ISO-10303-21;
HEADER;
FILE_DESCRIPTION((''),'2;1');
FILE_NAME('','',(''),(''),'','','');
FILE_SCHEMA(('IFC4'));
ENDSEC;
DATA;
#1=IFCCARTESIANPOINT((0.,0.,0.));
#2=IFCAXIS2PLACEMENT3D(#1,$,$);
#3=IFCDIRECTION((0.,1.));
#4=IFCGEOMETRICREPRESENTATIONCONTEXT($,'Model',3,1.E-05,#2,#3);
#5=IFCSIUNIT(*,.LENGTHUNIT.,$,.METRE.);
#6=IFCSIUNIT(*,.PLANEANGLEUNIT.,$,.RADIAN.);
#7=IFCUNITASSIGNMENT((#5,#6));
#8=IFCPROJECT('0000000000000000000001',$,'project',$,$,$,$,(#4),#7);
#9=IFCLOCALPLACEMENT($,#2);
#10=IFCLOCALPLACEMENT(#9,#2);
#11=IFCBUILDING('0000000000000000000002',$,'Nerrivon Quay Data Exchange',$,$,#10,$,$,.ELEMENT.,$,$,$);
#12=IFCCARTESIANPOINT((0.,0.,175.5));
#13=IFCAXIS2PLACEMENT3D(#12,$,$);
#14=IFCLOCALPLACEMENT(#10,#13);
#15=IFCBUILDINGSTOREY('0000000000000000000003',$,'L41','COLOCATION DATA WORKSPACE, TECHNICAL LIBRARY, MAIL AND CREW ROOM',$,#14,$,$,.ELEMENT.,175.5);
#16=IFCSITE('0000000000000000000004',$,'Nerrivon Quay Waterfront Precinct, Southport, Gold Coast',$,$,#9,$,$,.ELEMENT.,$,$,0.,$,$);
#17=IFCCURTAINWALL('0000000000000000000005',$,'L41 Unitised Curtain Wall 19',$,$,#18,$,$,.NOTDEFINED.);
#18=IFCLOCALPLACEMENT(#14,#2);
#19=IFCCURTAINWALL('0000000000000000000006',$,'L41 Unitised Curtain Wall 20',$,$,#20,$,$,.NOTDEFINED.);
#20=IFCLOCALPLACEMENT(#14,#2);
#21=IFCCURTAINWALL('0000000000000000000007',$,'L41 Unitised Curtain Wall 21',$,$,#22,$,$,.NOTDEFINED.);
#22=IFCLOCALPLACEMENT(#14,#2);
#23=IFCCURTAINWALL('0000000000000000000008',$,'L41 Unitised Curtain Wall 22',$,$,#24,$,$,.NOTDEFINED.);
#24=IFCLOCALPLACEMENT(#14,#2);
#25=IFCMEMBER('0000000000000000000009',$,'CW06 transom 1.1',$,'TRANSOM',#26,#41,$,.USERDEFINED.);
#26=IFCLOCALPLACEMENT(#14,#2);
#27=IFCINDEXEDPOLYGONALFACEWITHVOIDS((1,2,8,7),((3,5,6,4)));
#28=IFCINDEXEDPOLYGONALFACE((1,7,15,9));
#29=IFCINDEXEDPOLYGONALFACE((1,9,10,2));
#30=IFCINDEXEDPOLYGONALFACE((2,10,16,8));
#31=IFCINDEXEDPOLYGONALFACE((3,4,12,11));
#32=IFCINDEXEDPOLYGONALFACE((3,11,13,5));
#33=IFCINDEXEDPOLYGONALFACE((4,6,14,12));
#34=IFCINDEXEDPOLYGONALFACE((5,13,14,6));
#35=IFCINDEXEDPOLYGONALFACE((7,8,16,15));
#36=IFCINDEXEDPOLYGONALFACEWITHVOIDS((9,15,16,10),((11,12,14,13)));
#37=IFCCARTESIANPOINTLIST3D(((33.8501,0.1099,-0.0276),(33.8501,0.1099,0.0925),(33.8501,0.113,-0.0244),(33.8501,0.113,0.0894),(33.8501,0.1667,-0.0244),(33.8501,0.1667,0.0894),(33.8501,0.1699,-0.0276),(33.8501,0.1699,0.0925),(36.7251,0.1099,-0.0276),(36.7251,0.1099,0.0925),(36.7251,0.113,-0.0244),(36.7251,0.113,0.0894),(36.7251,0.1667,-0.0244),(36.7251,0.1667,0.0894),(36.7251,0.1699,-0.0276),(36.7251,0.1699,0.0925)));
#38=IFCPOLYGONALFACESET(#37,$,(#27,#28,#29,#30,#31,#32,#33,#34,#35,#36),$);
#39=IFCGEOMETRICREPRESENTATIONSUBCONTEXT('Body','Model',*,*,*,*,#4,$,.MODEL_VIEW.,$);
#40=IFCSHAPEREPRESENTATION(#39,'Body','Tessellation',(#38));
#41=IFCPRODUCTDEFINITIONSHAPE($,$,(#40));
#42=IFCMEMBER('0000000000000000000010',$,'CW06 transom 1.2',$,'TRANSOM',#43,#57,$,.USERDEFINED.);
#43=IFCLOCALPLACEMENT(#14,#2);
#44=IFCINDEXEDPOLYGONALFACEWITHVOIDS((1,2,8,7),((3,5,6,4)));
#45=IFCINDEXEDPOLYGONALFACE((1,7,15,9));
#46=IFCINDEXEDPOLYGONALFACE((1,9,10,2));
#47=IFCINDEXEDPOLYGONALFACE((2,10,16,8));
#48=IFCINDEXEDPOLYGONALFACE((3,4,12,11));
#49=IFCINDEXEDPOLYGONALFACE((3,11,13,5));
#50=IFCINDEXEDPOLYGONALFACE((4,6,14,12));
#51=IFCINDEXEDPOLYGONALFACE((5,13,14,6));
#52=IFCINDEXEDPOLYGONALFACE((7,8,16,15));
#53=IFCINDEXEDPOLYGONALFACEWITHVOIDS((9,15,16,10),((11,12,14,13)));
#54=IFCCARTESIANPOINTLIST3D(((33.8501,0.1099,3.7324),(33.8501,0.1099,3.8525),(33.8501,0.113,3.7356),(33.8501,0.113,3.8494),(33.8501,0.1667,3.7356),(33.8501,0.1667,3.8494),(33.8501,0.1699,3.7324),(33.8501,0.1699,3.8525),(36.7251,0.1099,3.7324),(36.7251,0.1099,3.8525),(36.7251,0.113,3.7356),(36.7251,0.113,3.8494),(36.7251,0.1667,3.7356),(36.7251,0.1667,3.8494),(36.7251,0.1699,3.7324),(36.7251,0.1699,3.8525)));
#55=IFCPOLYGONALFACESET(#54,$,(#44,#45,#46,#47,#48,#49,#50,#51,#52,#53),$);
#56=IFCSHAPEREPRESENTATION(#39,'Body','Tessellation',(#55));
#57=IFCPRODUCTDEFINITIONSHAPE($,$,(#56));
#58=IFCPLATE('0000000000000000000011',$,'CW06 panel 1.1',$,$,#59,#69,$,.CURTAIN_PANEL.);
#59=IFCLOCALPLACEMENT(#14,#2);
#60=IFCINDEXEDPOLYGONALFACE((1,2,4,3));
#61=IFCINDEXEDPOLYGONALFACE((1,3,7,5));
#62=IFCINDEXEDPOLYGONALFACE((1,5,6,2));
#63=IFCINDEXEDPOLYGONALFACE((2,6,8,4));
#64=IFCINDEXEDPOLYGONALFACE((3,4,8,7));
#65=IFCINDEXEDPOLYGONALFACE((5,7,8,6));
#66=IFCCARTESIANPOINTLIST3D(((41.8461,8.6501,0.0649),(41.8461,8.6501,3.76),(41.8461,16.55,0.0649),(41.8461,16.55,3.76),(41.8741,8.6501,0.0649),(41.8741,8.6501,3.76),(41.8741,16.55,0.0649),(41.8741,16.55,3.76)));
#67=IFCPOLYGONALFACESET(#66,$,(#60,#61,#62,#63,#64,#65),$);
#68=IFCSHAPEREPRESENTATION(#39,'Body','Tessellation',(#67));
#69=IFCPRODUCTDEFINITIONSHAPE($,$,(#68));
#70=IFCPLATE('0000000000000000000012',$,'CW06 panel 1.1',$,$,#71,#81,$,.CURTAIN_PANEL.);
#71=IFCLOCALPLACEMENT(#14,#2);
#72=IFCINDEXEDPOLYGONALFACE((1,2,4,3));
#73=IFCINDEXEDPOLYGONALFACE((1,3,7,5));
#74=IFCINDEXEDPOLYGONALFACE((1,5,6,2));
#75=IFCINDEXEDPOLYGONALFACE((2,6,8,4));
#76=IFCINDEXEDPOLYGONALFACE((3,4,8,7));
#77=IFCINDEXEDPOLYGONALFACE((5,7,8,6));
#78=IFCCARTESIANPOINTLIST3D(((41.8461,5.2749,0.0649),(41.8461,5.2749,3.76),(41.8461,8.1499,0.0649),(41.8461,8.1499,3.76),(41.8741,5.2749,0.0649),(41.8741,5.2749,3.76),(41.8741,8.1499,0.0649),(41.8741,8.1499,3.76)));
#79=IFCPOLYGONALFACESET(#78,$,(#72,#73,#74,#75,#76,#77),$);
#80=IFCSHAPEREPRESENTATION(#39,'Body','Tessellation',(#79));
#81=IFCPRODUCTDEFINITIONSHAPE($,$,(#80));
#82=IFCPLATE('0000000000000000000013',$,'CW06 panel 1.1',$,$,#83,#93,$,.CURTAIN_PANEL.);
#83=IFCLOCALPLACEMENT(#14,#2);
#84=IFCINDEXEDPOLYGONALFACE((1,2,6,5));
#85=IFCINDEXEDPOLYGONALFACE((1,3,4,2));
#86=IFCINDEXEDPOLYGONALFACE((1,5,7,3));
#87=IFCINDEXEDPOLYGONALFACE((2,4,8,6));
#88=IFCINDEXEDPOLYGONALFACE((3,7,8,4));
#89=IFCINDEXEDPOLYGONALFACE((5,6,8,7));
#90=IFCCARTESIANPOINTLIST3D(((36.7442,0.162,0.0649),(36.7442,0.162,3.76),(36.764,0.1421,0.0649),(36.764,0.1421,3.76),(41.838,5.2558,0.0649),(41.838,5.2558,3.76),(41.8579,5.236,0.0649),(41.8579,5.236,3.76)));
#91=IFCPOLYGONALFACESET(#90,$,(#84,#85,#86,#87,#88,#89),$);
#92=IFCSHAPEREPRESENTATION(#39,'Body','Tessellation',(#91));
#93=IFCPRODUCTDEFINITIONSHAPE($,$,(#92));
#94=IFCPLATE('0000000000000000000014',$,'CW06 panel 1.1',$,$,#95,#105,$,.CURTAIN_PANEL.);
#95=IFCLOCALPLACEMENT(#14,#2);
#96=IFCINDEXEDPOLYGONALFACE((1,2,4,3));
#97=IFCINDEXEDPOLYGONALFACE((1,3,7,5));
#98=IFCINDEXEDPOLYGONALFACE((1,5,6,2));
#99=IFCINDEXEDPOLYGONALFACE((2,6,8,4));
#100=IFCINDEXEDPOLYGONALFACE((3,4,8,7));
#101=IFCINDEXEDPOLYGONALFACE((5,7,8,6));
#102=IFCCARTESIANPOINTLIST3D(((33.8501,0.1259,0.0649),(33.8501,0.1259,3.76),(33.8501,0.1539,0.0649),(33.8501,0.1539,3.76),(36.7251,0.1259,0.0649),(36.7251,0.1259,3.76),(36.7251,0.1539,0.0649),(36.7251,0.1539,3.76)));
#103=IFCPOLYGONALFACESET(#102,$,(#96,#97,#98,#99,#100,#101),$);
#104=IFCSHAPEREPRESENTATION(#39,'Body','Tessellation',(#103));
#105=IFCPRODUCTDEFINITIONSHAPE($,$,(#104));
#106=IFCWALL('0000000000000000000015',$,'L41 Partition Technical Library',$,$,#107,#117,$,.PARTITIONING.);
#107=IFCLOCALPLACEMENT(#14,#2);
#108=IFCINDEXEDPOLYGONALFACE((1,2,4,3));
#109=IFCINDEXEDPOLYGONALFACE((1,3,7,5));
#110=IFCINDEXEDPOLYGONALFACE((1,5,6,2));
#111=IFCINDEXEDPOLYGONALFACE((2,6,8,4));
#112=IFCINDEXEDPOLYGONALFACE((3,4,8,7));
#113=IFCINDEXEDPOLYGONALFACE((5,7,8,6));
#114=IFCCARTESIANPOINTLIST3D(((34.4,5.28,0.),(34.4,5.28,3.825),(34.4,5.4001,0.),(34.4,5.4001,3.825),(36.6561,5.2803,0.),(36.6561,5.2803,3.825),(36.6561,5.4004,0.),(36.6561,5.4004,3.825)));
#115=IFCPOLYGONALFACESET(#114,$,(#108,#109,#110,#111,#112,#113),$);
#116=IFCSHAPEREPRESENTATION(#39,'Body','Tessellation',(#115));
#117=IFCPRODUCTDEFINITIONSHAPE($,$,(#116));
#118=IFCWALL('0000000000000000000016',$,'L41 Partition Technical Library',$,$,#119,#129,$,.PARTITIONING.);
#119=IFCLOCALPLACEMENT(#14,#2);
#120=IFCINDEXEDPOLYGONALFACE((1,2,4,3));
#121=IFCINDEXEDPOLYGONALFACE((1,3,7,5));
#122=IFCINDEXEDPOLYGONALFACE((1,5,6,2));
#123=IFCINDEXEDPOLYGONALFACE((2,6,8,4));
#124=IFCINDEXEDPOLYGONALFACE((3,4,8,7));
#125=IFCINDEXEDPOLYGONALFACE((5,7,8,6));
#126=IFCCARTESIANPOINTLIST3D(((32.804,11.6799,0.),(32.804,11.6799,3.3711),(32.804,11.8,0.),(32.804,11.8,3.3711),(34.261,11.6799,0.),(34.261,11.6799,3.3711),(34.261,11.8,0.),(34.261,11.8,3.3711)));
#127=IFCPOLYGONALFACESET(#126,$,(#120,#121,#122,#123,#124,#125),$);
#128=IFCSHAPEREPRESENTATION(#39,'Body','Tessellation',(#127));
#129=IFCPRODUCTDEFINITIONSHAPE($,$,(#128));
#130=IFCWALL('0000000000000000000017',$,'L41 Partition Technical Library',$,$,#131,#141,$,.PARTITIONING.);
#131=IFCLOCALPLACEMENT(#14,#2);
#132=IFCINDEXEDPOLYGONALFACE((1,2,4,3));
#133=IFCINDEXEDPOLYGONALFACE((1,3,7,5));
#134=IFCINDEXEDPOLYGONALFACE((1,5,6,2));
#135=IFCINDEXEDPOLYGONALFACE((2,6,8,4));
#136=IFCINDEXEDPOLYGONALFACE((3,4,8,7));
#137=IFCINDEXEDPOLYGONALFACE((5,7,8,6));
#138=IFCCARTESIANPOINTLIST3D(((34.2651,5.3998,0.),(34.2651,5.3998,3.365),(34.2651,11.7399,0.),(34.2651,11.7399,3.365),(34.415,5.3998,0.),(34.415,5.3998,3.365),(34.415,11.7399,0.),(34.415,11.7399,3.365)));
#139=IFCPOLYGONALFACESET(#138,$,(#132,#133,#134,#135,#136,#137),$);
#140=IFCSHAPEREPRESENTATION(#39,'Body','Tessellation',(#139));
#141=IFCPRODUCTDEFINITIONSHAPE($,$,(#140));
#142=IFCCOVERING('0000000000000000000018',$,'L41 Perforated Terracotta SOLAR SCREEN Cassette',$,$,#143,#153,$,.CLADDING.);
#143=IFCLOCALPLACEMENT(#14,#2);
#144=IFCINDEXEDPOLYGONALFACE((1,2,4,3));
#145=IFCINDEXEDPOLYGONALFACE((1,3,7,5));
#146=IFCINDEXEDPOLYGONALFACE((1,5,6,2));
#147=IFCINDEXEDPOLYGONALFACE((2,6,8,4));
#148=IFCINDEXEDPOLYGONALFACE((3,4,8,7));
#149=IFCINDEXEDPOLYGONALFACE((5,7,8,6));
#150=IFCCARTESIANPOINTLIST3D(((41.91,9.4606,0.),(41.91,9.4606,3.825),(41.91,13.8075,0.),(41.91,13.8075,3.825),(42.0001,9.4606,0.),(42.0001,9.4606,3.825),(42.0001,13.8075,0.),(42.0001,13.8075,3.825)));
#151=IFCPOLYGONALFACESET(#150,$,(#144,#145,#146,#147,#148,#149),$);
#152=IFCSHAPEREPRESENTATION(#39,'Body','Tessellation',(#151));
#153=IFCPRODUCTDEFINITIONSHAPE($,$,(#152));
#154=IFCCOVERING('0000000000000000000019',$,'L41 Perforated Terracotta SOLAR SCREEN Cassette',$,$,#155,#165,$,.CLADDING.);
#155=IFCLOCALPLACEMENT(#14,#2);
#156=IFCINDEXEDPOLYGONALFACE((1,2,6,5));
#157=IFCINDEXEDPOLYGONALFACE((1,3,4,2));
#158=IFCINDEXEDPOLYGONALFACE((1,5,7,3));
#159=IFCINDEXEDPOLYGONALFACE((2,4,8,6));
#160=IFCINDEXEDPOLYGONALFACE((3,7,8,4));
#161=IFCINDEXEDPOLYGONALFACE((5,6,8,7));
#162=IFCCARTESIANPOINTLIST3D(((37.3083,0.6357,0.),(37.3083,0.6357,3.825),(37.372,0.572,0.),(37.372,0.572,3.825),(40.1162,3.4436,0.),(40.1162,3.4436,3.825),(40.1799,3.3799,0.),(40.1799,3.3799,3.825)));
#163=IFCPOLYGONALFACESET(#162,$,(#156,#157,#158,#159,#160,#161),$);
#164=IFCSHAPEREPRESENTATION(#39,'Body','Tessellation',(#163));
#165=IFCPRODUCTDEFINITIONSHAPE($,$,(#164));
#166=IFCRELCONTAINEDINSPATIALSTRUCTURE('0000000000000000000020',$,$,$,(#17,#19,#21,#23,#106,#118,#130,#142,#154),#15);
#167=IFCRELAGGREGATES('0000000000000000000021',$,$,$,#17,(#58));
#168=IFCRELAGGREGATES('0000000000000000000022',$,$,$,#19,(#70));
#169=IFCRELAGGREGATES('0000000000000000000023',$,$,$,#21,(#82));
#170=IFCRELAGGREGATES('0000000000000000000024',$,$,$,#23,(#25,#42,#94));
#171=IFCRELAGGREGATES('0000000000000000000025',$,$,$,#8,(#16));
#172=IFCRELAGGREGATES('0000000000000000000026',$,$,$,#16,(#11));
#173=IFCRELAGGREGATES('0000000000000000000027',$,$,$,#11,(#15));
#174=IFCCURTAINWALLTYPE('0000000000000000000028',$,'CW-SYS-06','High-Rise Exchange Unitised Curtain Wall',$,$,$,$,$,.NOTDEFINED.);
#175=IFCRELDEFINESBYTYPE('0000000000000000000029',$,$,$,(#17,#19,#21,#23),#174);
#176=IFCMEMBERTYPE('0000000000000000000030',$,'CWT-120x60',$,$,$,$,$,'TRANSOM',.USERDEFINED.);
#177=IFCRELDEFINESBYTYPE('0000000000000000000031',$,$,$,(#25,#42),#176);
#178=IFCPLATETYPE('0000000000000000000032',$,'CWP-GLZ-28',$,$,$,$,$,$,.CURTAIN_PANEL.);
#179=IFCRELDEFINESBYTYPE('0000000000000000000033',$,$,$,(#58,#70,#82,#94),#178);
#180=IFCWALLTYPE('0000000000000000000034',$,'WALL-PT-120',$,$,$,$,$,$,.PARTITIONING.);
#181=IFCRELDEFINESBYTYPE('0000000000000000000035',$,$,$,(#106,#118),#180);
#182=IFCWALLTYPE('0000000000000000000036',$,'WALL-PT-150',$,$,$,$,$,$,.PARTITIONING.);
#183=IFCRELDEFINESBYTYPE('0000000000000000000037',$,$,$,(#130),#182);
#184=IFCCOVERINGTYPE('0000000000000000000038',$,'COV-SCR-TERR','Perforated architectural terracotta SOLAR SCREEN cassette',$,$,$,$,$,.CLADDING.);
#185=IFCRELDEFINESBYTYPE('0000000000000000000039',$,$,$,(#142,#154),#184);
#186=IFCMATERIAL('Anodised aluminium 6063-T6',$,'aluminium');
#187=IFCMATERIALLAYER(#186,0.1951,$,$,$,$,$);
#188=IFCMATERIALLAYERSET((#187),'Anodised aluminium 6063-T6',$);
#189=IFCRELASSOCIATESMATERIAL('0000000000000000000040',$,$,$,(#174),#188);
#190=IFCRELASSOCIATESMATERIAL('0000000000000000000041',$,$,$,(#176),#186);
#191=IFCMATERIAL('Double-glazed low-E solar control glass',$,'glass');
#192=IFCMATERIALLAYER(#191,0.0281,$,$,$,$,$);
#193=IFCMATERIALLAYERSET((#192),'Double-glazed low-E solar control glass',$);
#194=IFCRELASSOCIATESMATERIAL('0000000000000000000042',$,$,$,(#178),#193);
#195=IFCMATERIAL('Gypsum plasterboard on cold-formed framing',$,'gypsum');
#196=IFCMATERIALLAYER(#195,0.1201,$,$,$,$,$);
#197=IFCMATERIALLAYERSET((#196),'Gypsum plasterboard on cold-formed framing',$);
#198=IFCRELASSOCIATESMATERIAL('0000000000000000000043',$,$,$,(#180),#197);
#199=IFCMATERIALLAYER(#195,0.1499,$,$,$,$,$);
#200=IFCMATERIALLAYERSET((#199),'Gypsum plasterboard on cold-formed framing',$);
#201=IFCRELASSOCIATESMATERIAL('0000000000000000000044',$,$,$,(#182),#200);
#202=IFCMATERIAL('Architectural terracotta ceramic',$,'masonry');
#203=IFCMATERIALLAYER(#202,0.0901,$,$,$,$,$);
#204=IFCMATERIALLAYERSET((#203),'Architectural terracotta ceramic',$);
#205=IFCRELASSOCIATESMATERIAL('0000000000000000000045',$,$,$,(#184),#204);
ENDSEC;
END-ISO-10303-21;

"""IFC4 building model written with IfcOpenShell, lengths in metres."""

from ifc_helpers import new_model, si_unit, direction, frame, frame_2d, origin, origin_2d, place, context, subcontext, project, spatial, rectangle, hollow_rectangle, extrude, material, layer, layer_set, material_profile, profile_set, type_object, element, aggregate, save


model = new_model("IFC4")

# Units and contexts
model_context = context("Model", 3, precision=1e-05, world=origin(), true_north=direction((0.0, 1.0)))
body_context = subcontext(model_context, "Body", "Model", "MODEL_VIEW")
ifc_project = project(units=[si_unit("LENGTHUNIT", "METRE"), si_unit("PLANEANGLEUNIT", "RADIAN")], contexts=[model_context])

# Site, building, storey
site_placement = place(None, origin())
site = spatial("IfcSite", under=ifc_project, at=site_placement, Name="Nerrivon Quay Waterfront Precinct, Southport, Gold Coast", CompositionType="ELEMENT", RefElevation=0.0)
building_placement = place(site_placement, origin())
building = spatial("IfcBuilding", under=site, at=building_placement, Name="Nerrivon Quay Data Exchange", CompositionType="ELEMENT")
storey_placement = place(building_placement, frame((0.0, 0.0, 175.5)))
storey = spatial("IfcBuildingStorey", under=building, at=storey_placement, Name="L41", Description="COLOCATION DATA WORKSPACE, TECHNICAL LIBRARY, MAIL AND CREW ROOM", CompositionType="ELEMENT", Elevation=175.5)

# Curtain wall
ifc_material_1 = material(Name="Anodised aluminium 6063-T6", Category="aluminium")
ifc_layer_1 = layer(ifc_material_1, 0.1951)
ifc_layer_set_1 = layer_set([ifc_layer_1], Name="Anodised aluminium 6063-T6")
curtain_wall_type = type_object("IfcCurtainWallType", Name="CW-SYS-06", Description="High-Rise Exchange Unitised Curtain Wall", PredefinedType="NOTDEFINED", material=ifc_layer_set_1)
curtain_wall_1_placement = place(storey_placement, origin())
curtain_wall_1 = element("IfcCurtainWall", 1, at=curtain_wall_1_placement, inside=storey, type_object=curtain_wall_type, Name="L41 Unitised Curtain Wall 19", PredefinedType="NOTDEFINED")

# Curtain walls
curtain_wall_2_placement = place(storey_placement, origin())
curtain_wall_2 = element("IfcCurtainWall", 2, at=curtain_wall_2_placement, inside=storey, type_object=curtain_wall_type, Name="L41 Unitised Curtain Wall 20", PredefinedType="NOTDEFINED")
curtain_wall_3_placement = place(storey_placement, origin())
curtain_wall_3 = element("IfcCurtainWall", 3, at=curtain_wall_3_placement, inside=storey, type_object=curtain_wall_type, Name="L41 Unitised Curtain Wall 21", PredefinedType="NOTDEFINED")
curtain_wall_4_placement = place(storey_placement, origin())
curtain_wall_4 = element("IfcCurtainWall", 4, at=curtain_wall_4_placement, inside=storey, type_object=curtain_wall_type, Name="L41 Unitised Curtain Wall 22", PredefinedType="NOTDEFINED")

# Members
ifc_material_profile_1 = material_profile(ifc_material_1, hollow_rectangle(XDim=0.0601, YDim=0.1201, WallThickness=0.0032, at=origin_2d()), Name="ALU-TRAN-120x60")
ifc_profile_set_1 = profile_set([ifc_material_profile_1], Name="Anodised aluminium 6063-T6")
member_type_1 = type_object("IfcMemberType", Name="CWT-120x60", ElementType="TRANSOM", PredefinedType="USERDEFINED", material=ifc_profile_set_1)
member_1_placement = place(storey_placement, frame((36.7251, 0.1399, 0.0325), z_axis=(-1.0, 0.0, 0.0), x_axis=(0.0, -1.0, 0.0)))
member_1 = element("IfcMember", 5, at=member_1_placement, type_object=member_type_1, Name="CW06 transom 1.1", ObjectType="TRANSOM", PredefinedType="USERDEFINED", context=body_context, shape_type="SweptSolid", body=[
    extrude(hollow_rectangle(XDim=0.0601, YDim=0.1201, WallThickness=0.0032, at=origin_2d()), origin(), (0.0, 0.0, 1.0), 2.875),
])
member_2_placement = place(storey_placement, frame((36.7251, 0.1399, 3.7925), z_axis=(-1.0, 0.0, 0.0), x_axis=(0.0, -1.0, 0.0)))
member_2 = element("IfcMember", 6, at=member_2_placement, type_object=member_type_1, Name="CW06 transom 1.2", ObjectType="TRANSOM", PredefinedType="USERDEFINED", context=body_context, shape_type="SweptSolid", body=[
    extrude(hollow_rectangle(XDim=0.0601, YDim=0.1201, WallThickness=0.0032, at=origin_2d()), origin(), (0.0, 0.0, 1.0), 2.875),
])

# Plates
ifc_material_2 = material(Name="Double-glazed low-E solar control glass", Category="glass")
ifc_layer_2 = layer(ifc_material_2, 0.0281)
ifc_layer_set_2 = layer_set([ifc_layer_2], Name="Double-glazed low-E solar control glass")
plate_type = type_object("IfcPlateType", Name="CWP-GLZ-28", PredefinedType="CURTAIN_PANEL", material=ifc_layer_set_2)
plate_1_placement = place(storey_placement, frame((41.8601, 12.6001, 0.0649), z_axis=(0.0, 0.0, 1.0), x_axis=(0.0, -1.0, 0.0)))
plate_1 = element("IfcPlate", 7, at=plate_1_placement, type_object=plate_type, Name="CW06 panel 1.1", PredefinedType="CURTAIN_PANEL", context=body_context, shape_type="SweptSolid", body=[
    extrude(rectangle(XDim=7.8999, YDim=0.0281, at=origin_2d()), origin(), (0.0, 0.0, 1.0), 3.6951),
])
aggregate(curtain_wall_1, [plate_1])
plate_2_placement = place(storey_placement, frame((41.8601, 6.7124, 0.0649), z_axis=(0.0, 0.0, 1.0), x_axis=(0.0, -1.0, 0.0)))
plate_2 = element("IfcPlate", 8, at=plate_2_placement, type_object=plate_type, Name="CW06 panel 1.1", PredefinedType="CURTAIN_PANEL", context=body_context, shape_type="SweptSolid", body=[
    extrude(rectangle(XDim=2.875, YDim=0.0281, at=origin_2d()), origin(), (0.0, 0.0, 1.0), 3.6951),
])
aggregate(curtain_wall_2, [plate_2])
plate_3_placement = place(storey_placement, frame((39.301, 2.699, 0.0649), z_axis=(0.0, 0.0, 1.0), x_axis=(-0.707107, -0.707107, 0.0)))
plate_3 = element("IfcPlate", 9, at=plate_3_placement, type_object=plate_type, Name="CW06 panel 1.1", PredefinedType="CURTAIN_PANEL", context=body_context, shape_type="SweptSolid", body=[
    extrude(rectangle(XDim=7.2039, YDim=0.0281, at=origin_2d()), origin(), (0.0, 0.0, 1.0), 3.6951),
])
aggregate(curtain_wall_3, [plate_3])
plate_4_placement = place(storey_placement, frame((35.2876, 0.1399, 0.0649), z_axis=(0.0, 0.0, 1.0), x_axis=(-1.0, 0.0, 0.0)))
plate_4 = element("IfcPlate", 10, at=plate_4_placement, type_object=plate_type, Name="CW06 panel 1.1", PredefinedType="CURTAIN_PANEL", context=body_context, shape_type="SweptSolid", body=[
    extrude(rectangle(XDim=2.875, YDim=0.0281, at=origin_2d()), origin(), (0.0, 0.0, 1.0), 3.6951),
])
aggregate(curtain_wall_4, [member_1, member_2, plate_4])

# Walls
ifc_material_3 = material(Name="Gypsum plasterboard on cold-formed framing", Category="gypsum")
ifc_layer_3 = layer(ifc_material_3, 0.1201)
ifc_layer_set_3 = layer_set([ifc_layer_3], Name="Gypsum plasterboard on cold-formed framing")
wall_type_1 = type_object("IfcWallType", Name="WALL-PT-120", PredefinedType="PARTITIONING", material=ifc_layer_set_3)
wall_1_placement = place(storey_placement, frame((36.656, 5.3403, 0.0), z_axis=(0.0, 0.0, 1.0), x_axis=(-1.0, -0.000108, 0.0)))
element("IfcWall", 11, at=wall_1_placement, inside=storey, type_object=wall_type_1, Name="L41 Partition Technical Library", PredefinedType="PARTITIONING", context=body_context, shape_type="SweptSolid", body=[
    extrude(rectangle(XDim=2.2561, YDim=0.1201, at=frame_2d((1.1279, 0.0))), origin(), (0.0, 0.0, 1.0), 3.825),
])
wall_2_placement = place(storey_placement, frame((34.261, 11.74, 0.0), z_axis=(0.0, 0.0, 1.0), x_axis=(-1.0, 0.0, 0.0)))
element("IfcWall", 12, at=wall_2_placement, inside=storey, type_object=wall_type_1, Name="L41 Partition Technical Library", PredefinedType="PARTITIONING", context=body_context, shape_type="SweptSolid", body=[
    extrude(rectangle(XDim=1.457, YDim=0.1201, at=frame_2d((0.7285, 0.0))), origin(), (0.0, 0.0, 1.0), 3.3711),
])
ifc_layer_4 = layer(ifc_material_3, 0.1499)
ifc_layer_set_4 = layer_set([ifc_layer_4], Name="Gypsum plasterboard on cold-formed framing")
wall_type_2 = type_object("IfcWallType", Name="WALL-PT-150", PredefinedType="PARTITIONING", material=ifc_layer_set_4)
wall_3_placement = place(storey_placement, frame((34.3401, 5.3999, 0.0), z_axis=(0.0, 0.0, 1.0), x_axis=(0.0, 1.0, 0.0)))
element("IfcWall", 13, at=wall_3_placement, inside=storey, type_object=wall_type_2, Name="L41 Partition Technical Library", PredefinedType="PARTITIONING", context=body_context, shape_type="SweptSolid", body=[
    extrude(rectangle(XDim=6.3401, YDim=0.1499, at=frame_2d((3.1699, 0.0))), origin(), (0.0, 0.0, 1.0), 3.365),
])

# Coverings
ifc_material_4 = material(Name="Architectural terracotta ceramic", Category="masonry")
ifc_layer_5 = layer(ifc_material_4, 0.0901)
ifc_layer_set_5 = layer_set([ifc_layer_5], Name="Architectural terracotta ceramic")
covering_type = type_object("IfcCoveringType", Name="COV-SCR-TERR", Description="Perforated architectural terracotta SOLAR SCREEN cassette", PredefinedType="CLADDING", material=ifc_layer_set_5)
covering_1_placement = place(storey_placement, frame((41.9551, 11.634, 0.0), z_axis=(0.0, 0.0, 1.0), x_axis=(0.0, -1.0, 0.0)))
element("IfcCovering", 14, at=covering_1_placement, inside=storey, type_object=covering_type, Name="L41 Perforated Terracotta SOLAR SCREEN Cassette", PredefinedType="CLADDING", context=body_context, shape_type="SweptSolid", body=[
    extrude(rectangle(XDim=4.3469, YDim=0.0901, at=origin_2d()), origin(), (0.0, 0.0, 1.0), 3.825),
])
covering_2_placement = place(storey_placement, frame((38.7441, 2.0078, 0.0), z_axis=(0.0, 0.0, 1.0), x_axis=(-0.707107, -0.707107, 0.0)))
element("IfcCovering", 15, at=covering_2_placement, inside=storey, type_object=covering_type, Name="L41 Perforated Terracotta SOLAR SCREEN Cassette", PredefinedType="CLADDING", context=body_context, shape_type="SweptSolid", body=[
    extrude(rectangle(XDim=3.9709, YDim=0.0901, at=origin_2d()), origin(), (0.0, 0.0, 1.0), 3.825),
])

save(model, "model.ifc")
